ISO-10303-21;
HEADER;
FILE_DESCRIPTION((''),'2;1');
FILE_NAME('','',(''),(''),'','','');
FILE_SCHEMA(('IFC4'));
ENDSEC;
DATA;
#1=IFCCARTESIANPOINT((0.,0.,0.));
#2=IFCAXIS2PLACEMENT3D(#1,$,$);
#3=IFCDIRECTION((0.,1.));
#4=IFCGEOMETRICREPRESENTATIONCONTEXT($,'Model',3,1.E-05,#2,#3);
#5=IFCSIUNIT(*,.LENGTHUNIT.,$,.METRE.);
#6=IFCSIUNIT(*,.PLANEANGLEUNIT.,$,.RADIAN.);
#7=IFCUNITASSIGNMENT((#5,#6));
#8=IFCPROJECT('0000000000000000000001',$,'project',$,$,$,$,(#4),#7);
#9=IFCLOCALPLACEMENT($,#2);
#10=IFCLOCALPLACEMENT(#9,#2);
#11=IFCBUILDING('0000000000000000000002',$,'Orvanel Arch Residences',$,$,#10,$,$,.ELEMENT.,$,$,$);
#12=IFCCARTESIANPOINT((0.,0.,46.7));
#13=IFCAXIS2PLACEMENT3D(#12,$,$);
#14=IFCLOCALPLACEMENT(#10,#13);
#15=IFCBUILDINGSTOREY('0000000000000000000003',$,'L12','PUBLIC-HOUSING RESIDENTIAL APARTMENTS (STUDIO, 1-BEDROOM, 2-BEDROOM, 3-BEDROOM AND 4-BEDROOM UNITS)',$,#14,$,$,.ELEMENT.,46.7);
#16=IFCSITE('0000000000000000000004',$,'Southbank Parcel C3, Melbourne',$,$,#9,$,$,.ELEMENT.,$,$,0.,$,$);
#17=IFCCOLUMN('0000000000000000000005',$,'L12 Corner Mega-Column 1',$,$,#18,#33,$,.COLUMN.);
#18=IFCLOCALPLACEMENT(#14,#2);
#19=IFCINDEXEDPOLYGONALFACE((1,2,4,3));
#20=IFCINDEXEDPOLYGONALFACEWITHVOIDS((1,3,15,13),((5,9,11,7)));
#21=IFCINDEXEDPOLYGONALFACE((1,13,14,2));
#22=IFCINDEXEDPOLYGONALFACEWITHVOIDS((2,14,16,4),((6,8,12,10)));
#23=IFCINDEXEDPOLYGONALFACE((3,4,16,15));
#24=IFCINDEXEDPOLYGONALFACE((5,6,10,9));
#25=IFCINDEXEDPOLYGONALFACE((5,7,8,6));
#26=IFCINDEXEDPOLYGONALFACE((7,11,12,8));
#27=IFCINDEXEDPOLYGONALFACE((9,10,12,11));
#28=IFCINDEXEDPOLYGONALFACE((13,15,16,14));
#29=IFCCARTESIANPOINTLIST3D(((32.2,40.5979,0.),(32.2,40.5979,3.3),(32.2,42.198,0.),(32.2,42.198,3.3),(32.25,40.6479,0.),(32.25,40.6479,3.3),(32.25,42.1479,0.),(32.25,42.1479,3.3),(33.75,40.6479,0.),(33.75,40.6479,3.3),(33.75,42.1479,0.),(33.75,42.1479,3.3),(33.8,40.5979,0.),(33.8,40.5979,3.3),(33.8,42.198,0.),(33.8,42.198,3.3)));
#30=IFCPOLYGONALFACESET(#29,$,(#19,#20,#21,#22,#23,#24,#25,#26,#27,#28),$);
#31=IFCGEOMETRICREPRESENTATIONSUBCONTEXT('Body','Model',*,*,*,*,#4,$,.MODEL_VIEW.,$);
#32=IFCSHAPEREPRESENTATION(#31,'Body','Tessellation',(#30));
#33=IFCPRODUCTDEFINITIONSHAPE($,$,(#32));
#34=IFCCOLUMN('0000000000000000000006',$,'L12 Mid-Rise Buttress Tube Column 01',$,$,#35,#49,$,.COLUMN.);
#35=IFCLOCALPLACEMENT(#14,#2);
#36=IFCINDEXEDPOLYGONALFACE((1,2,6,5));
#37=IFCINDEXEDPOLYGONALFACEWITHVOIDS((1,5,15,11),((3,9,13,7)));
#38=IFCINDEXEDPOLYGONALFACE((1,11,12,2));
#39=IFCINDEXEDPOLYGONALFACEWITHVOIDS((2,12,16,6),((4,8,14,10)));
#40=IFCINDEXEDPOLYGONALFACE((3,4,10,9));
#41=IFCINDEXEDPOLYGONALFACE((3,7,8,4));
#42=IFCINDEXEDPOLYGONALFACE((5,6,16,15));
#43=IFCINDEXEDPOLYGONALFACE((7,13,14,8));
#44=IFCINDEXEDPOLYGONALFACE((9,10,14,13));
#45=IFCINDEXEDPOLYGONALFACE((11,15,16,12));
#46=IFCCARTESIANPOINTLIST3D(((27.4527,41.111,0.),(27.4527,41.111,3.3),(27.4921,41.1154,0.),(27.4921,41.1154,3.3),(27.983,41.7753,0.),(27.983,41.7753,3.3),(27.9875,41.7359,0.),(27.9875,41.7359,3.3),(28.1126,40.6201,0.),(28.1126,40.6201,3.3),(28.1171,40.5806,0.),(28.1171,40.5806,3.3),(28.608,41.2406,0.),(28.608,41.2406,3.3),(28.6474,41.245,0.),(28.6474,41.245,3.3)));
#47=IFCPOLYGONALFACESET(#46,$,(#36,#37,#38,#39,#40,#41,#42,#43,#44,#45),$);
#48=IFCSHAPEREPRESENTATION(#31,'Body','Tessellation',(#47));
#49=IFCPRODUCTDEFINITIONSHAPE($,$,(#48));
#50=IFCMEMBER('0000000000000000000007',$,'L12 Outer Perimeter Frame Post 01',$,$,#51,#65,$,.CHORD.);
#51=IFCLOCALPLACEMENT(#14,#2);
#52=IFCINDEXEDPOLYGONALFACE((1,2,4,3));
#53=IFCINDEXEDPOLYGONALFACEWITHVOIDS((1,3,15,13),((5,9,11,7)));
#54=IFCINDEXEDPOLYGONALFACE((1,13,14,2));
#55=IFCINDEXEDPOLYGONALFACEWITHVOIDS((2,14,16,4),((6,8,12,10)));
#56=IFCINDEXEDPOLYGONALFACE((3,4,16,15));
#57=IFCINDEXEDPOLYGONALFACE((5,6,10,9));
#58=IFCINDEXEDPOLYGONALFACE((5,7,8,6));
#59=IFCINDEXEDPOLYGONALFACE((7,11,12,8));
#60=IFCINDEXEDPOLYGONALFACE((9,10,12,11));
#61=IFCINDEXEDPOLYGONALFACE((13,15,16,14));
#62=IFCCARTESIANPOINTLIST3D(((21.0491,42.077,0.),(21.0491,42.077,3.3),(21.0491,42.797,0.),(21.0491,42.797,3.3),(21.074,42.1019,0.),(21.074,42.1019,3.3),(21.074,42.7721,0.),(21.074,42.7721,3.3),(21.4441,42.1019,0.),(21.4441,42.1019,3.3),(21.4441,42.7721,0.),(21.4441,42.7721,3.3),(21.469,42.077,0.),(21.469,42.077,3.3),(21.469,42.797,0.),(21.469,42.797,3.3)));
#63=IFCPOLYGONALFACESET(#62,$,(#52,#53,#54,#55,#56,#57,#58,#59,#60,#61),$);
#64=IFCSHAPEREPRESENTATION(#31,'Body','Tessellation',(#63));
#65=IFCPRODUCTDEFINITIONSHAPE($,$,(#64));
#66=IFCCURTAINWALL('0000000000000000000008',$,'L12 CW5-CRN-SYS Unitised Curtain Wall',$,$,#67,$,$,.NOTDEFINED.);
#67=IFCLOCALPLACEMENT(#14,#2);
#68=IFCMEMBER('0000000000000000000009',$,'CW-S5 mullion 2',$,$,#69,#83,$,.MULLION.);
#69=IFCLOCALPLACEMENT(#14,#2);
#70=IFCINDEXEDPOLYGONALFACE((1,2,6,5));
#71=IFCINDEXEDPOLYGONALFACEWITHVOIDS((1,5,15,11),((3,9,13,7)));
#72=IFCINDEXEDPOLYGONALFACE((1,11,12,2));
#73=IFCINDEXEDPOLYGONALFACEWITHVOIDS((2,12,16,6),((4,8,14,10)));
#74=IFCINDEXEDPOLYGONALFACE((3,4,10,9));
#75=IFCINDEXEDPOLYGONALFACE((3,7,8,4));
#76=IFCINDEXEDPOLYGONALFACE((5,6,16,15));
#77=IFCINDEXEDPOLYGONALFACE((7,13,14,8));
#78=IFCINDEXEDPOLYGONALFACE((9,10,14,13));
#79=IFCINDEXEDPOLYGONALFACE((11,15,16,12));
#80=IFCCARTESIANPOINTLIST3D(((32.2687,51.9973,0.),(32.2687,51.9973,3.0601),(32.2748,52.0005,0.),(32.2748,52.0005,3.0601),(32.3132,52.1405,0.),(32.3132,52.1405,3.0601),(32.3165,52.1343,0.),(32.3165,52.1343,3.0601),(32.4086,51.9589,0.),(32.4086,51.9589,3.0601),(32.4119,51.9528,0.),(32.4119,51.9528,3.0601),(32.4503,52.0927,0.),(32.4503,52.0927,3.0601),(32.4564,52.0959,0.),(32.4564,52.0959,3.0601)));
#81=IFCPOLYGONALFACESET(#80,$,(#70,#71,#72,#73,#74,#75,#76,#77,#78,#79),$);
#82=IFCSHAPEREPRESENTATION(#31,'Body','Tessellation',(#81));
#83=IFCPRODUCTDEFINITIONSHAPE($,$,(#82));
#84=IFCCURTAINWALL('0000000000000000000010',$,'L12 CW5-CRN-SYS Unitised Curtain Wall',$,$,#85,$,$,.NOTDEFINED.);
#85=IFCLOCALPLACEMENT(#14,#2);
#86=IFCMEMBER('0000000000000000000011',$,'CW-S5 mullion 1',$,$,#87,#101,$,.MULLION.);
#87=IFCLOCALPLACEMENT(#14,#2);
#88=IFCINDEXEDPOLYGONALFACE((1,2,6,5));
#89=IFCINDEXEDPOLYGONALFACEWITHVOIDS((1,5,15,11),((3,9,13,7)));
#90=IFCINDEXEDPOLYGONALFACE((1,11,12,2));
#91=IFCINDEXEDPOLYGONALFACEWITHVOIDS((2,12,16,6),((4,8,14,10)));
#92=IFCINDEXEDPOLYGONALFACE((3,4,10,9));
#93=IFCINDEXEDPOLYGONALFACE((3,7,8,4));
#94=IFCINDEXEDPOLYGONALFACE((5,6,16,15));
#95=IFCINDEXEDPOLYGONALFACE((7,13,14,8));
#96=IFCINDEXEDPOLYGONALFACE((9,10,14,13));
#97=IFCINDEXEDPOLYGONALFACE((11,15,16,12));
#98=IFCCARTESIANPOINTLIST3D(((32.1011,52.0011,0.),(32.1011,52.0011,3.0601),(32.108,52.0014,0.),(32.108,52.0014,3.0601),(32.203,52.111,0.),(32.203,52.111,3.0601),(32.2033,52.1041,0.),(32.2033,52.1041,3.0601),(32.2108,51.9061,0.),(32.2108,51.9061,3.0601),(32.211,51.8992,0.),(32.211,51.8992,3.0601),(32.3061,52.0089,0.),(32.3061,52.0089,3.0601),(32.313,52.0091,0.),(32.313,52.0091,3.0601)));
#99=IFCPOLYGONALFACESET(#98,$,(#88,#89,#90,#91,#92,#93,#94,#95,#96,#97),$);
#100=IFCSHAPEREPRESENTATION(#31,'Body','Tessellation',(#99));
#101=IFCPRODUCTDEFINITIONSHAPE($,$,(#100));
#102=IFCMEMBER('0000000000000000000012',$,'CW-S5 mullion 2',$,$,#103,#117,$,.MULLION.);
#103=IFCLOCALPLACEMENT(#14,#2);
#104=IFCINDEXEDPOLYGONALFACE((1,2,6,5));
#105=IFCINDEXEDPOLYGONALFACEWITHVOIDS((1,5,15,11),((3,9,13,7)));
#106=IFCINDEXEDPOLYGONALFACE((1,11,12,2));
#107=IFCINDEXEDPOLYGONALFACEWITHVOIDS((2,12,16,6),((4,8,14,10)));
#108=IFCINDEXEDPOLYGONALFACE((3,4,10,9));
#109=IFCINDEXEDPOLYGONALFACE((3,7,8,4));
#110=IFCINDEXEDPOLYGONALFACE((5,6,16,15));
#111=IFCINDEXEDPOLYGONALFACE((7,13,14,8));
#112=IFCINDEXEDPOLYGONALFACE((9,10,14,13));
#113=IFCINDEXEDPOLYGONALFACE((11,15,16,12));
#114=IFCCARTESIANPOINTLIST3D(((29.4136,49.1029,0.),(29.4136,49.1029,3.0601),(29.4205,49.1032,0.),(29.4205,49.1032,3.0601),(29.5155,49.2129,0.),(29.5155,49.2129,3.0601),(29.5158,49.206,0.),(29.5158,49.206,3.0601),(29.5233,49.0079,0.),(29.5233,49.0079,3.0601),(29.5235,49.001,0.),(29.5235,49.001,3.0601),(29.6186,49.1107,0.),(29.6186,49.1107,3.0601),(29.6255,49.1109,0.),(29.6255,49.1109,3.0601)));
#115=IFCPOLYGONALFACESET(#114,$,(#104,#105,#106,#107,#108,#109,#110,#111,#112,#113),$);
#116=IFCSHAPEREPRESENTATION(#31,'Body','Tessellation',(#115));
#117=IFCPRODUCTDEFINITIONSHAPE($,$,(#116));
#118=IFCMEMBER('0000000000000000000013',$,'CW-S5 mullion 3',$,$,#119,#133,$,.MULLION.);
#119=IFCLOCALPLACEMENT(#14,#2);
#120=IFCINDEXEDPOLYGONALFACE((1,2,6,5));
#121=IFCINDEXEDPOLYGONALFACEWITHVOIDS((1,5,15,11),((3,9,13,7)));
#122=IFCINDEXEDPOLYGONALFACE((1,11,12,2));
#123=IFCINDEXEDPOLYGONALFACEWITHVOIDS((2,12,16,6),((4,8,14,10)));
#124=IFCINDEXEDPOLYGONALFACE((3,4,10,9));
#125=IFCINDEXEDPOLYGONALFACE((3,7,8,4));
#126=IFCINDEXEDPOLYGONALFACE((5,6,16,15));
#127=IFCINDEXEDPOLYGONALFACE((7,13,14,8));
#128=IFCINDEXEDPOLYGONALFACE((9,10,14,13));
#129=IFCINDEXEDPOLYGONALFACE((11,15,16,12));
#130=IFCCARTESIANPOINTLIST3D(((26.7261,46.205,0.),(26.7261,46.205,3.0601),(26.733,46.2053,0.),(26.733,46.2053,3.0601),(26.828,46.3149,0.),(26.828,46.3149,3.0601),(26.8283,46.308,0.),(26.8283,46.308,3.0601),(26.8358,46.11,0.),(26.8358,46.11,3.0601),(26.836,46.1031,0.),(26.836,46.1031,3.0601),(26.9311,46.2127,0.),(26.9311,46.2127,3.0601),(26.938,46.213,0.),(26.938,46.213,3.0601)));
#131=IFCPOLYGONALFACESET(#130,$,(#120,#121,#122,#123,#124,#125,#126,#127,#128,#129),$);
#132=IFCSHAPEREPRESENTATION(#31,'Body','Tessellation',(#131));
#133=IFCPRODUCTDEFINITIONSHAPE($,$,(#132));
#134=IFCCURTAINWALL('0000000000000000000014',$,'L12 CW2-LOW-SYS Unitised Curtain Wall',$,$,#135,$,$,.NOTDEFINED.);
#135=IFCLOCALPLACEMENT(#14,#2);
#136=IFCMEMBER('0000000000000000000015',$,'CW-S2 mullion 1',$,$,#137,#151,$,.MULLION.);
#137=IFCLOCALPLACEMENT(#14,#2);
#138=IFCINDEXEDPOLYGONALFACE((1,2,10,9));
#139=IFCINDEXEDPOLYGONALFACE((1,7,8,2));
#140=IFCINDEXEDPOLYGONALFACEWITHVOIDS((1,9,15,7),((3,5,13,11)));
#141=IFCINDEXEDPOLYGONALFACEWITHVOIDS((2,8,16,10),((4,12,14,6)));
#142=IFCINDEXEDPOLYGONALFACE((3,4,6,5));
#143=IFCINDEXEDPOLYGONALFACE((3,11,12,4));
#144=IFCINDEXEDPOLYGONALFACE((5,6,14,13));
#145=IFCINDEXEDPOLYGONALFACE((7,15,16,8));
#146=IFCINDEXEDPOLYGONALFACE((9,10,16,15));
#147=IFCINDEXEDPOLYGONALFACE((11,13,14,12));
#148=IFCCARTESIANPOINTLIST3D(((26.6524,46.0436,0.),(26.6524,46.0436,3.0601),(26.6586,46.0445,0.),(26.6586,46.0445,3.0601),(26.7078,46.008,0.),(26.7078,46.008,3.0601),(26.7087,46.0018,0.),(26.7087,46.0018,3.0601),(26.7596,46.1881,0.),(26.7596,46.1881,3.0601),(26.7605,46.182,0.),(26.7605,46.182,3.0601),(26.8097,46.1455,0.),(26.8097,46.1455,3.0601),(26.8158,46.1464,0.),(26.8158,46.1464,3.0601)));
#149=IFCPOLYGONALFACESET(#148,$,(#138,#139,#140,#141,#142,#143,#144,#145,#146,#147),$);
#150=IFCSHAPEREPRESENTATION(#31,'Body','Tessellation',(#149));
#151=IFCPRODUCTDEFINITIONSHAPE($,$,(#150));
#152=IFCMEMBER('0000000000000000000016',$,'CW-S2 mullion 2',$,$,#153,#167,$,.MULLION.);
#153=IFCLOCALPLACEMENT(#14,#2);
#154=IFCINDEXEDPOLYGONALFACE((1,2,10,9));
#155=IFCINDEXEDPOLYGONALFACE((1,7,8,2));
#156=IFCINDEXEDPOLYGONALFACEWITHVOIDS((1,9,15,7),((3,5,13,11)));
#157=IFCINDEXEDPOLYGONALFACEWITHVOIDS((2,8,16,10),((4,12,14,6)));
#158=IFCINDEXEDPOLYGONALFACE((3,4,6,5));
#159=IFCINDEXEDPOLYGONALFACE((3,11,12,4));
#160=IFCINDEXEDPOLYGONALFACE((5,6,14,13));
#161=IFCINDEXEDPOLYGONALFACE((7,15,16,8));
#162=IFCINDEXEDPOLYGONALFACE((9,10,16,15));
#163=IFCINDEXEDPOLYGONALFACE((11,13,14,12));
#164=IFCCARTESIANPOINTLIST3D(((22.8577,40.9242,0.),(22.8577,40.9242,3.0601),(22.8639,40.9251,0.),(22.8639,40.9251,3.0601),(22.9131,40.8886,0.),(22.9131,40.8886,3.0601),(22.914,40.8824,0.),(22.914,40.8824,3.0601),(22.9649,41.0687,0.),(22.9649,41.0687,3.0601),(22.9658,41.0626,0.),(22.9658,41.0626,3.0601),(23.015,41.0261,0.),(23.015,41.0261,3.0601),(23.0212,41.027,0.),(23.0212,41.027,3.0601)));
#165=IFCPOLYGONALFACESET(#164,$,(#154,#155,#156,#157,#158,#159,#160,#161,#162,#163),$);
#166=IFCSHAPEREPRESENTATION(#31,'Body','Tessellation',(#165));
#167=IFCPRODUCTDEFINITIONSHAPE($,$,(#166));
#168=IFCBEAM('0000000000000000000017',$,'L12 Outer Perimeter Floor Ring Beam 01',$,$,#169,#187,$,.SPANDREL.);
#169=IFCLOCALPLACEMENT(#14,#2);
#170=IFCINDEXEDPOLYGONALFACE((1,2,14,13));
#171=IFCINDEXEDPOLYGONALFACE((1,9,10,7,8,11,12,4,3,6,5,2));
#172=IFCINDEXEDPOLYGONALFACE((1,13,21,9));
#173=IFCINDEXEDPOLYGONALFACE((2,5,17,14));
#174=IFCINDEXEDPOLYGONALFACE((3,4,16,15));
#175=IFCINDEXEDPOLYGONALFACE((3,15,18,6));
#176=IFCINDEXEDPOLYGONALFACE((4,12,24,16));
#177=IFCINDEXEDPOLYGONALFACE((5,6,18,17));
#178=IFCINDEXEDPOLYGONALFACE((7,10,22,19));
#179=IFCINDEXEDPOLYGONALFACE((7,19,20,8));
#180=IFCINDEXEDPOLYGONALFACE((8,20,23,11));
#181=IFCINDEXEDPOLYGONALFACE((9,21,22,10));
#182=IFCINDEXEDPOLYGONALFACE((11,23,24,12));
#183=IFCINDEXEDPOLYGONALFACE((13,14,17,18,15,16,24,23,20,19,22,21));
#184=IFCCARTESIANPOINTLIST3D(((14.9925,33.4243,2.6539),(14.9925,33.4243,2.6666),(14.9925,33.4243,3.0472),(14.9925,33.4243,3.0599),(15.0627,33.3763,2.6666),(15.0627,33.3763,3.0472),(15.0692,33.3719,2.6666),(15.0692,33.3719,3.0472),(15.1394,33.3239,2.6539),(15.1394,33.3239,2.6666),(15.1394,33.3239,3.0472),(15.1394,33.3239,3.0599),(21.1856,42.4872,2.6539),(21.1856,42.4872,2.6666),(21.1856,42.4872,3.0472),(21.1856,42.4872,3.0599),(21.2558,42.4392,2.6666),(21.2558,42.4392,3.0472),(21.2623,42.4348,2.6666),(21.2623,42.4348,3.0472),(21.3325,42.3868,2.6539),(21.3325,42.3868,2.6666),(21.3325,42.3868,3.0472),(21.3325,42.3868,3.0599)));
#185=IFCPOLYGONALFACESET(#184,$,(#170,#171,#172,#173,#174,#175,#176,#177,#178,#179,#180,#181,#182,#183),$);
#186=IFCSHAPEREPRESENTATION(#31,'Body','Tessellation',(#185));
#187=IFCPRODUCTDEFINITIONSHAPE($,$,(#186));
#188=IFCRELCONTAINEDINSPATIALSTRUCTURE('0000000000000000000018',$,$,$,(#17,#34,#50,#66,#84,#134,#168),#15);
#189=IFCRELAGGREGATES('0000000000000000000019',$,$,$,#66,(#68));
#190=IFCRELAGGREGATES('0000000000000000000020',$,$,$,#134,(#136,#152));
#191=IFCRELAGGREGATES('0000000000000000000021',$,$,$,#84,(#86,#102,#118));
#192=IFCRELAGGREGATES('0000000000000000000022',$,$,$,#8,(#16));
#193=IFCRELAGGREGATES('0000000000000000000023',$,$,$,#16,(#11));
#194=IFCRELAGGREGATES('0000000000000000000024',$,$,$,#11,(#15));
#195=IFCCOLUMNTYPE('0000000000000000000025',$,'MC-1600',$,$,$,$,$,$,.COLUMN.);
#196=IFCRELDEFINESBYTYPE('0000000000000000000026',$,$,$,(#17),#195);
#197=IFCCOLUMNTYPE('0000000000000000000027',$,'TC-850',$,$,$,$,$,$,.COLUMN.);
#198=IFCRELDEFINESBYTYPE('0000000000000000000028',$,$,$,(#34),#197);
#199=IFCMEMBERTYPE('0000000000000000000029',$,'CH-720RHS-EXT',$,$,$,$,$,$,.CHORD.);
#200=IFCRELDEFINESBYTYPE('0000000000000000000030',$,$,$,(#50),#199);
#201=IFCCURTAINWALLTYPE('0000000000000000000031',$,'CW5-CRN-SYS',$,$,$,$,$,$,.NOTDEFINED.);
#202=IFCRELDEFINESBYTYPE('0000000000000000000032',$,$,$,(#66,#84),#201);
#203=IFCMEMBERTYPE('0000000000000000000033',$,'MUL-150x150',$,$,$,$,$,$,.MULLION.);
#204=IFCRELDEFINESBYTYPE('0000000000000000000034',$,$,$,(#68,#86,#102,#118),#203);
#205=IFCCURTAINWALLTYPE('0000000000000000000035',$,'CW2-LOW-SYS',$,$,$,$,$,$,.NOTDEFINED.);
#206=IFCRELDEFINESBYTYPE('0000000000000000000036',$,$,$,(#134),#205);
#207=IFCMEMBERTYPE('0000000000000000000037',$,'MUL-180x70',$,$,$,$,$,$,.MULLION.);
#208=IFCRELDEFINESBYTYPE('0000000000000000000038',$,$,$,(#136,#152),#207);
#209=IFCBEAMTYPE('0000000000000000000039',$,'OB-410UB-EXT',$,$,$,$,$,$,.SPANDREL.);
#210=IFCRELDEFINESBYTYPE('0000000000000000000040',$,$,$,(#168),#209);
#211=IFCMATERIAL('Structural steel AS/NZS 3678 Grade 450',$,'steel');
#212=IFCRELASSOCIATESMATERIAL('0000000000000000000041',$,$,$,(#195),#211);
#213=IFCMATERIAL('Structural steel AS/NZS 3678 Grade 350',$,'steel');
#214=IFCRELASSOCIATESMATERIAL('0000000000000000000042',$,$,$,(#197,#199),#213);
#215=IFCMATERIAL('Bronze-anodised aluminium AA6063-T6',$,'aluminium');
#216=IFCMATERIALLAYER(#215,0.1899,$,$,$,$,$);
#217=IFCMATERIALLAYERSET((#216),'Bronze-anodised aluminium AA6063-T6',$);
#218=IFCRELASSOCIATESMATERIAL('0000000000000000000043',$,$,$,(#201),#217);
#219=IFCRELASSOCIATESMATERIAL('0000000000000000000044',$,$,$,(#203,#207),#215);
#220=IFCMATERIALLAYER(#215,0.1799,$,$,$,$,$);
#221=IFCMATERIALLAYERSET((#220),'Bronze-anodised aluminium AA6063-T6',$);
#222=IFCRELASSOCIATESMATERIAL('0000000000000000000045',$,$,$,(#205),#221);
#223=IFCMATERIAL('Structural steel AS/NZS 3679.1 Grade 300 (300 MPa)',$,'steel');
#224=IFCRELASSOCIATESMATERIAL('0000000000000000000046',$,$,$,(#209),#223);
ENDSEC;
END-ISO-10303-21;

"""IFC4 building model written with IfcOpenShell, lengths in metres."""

from ifc_helpers import new_model, si_unit, direction, frame, origin, origin_2d, place, context, subcontext, project, spatial, hollow_rectangle, i_section, extrude, material, layer, layer_set, material_profile, profile_set, type_object, element, aggregate, save


model = new_model("IFC4")

# Units and contexts
model_context = context("Model", 3, precision=1e-05, world=origin(), true_north=direction((0.0, 1.0)))
body_context = subcontext(model_context, "Body", "Model", "MODEL_VIEW")
ifc_project = project(units=[si_unit("LENGTHUNIT", "METRE"), si_unit("PLANEANGLEUNIT", "RADIAN")], contexts=[model_context])

# Site, building, storey
site_placement = place(None, origin())
site = spatial("IfcSite", under=ifc_project, at=site_placement, Name="Southbank Parcel C3, Melbourne", CompositionType="ELEMENT", RefElevation=0.0)
building_placement = place(site_placement, origin())
building = spatial("IfcBuilding", under=site, at=building_placement, Name="Orvanel Arch Residences", CompositionType="ELEMENT")
storey_placement = place(building_placement, frame((0.0, 0.0, 46.7)))
storey = spatial("IfcBuildingStorey", under=building, at=storey_placement, Name="L12", Description="PUBLIC-HOUSING RESIDENTIAL APARTMENTS (STUDIO, 1-BEDROOM, 2-BEDROOM, 3-BEDROOM AND 4-BEDROOM UNITS)", CompositionType="ELEMENT", Elevation=46.7)

# Columns
ifc_material_1 = material(Name="Structural steel AS/NZS 3678 Grade 450", Category="steel")
ifc_material_profile_1 = material_profile(ifc_material_1, hollow_rectangle(XDim=1.6001, YDim=1.6001, WallThickness=0.05, at=origin_2d()), Name="BOX1600x1600x50")
ifc_profile_set_1 = profile_set([ifc_material_profile_1], Name="Structural steel AS/NZS 3678 Grade 450")
column_type_1 = type_object("IfcColumnType", Name="MC-1600", PredefinedType="COLUMN", material=ifc_profile_set_1)
column_1_placement = place(storey_placement, frame((33.0, 41.3979, 0.0), z_axis=(0.0, 0.0, 1.0), x_axis=(1.0, 0.0, 0.0)))
element("IfcColumn", 1, at=column_1_placement, inside=storey, type_object=column_type_1, Name="L12 Corner Mega-Column 1", PredefinedType="COLUMN", context=body_context, shape_type="SweptSolid", body=[
    extrude(hollow_rectangle(XDim=1.6001, YDim=1.6001, WallThickness=0.05, at=origin_2d()), origin(), (0.0, 0.0, 1.0), 3.3),
])
ifc_material_2 = material(Name="Structural steel AS/NZS 3678 Grade 350", Category="steel")
ifc_material_profile_2 = material_profile(ifc_material_2, hollow_rectangle(XDim=0.8501, YDim=0.8501, WallThickness=0.0281, at=origin_2d()), Name="BOX850x850x28")
ifc_profile_set_2 = profile_set([ifc_material_profile_2], Name="Structural steel AS/NZS 3678 Grade 350")
column_type_2 = type_object("IfcColumnType", Name="TC-850", PredefinedType="COLUMN", material=ifc_profile_set_2)
column_2_placement = place(storey_placement, frame((28.05, 41.178, 0.0), z_axis=(0.0, 0.0, 1.0), x_axis=(0.62388, 0.78152, 0.0)))
element("IfcColumn", 2, at=column_2_placement, inside=storey, type_object=column_type_2, Name="L12 Mid-Rise Buttress Tube Column 01", PredefinedType="COLUMN", context=body_context, shape_type="SweptSolid", body=[
    extrude(hollow_rectangle(XDim=0.8501, YDim=0.8501, WallThickness=0.0281, at=origin_2d()), origin(), (0.0, 0.0, 1.0), 3.3),
])

# Member
ifc_material_profile_3 = material_profile(ifc_material_2, hollow_rectangle(XDim=0.4199, YDim=0.72, WallThickness=0.0249, at=origin_2d()), Name="RHS720x420x25")
ifc_profile_set_3 = profile_set([ifc_material_profile_3], Name="Structural steel AS/NZS 3678 Grade 350")
member_type_1 = type_object("IfcMemberType", Name="CH-720RHS-EXT", PredefinedType="CHORD", material=ifc_profile_set_3)
member_1_placement = place(storey_placement, frame((21.259, 42.437, 0.0), z_axis=(0.0, 0.0, 1.0), x_axis=(1.0, 0.0, 0.0)))
element("IfcMember", 3, at=member_1_placement, inside=storey, type_object=member_type_1, Name="L12 Outer Perimeter Frame Post 01", PredefinedType="CHORD", context=body_context, shape_type="SweptSolid", body=[
    extrude(hollow_rectangle(XDim=0.4199, YDim=0.72, WallThickness=0.0249, at=origin_2d()), origin(), (0.0, 0.0, 1.0), 3.3),
])

# Curtain wall, member
ifc_material_3 = material(Name="Bronze-anodised aluminium AA6063-T6", Category="aluminium")
ifc_layer_1 = layer(ifc_material_3, 0.1899)
ifc_layer_set_1 = layer_set([ifc_layer_1], Name="Bronze-anodised aluminium AA6063-T6")
curtain_wall_type_1 = type_object("IfcCurtainWallType", Name="CW5-CRN-SYS", PredefinedType="NOTDEFINED", material=ifc_layer_set_1)
curtain_wall_1_placement = place(storey_placement, origin())
curtain_wall_1 = element("IfcCurtainWall", 4, at=curtain_wall_1_placement, inside=storey, type_object=curtain_wall_type_1, Name="L12 CW5-CRN-SYS Unitised Curtain Wall", PredefinedType="NOTDEFINED")
ifc_material_profile_4 = material_profile(ifc_material_3, hollow_rectangle(XDim=0.1499, YDim=0.1499, WallThickness=0.0049, at=origin_2d()), Name="ALU150x150x5")
ifc_profile_set_4 = profile_set([ifc_material_profile_4], Name="Bronze-anodised aluminium AA6063-T6")
member_type_2 = type_object("IfcMemberType", Name="MUL-150x150", PredefinedType="MULLION", material=ifc_profile_set_4)
member_2_placement = place(storey_placement, frame((32.3625, 52.0466, 0.0), z_axis=(0.0, 0.0, 1.0), x_axis=(-0.297026, -0.954869, 0.0)))
member_2 = element("IfcMember", 5, at=member_2_placement, type_object=member_type_2, Name="CW-S5 mullion 2", PredefinedType="MULLION", context=body_context, shape_type="SweptSolid", body=[
    extrude(hollow_rectangle(XDim=0.1499, YDim=0.1499, WallThickness=0.0049, at=origin_2d()), origin(), (0.0, 0.0, 1.0), 3.0601),
])
aggregate(curtain_wall_1, [member_2])

# Curtain walls, members
curtain_wall_2_placement = place(storey_placement, origin())
curtain_wall_2 = element("IfcCurtainWall", 6, at=curtain_wall_2_placement, inside=storey, type_object=curtain_wall_type_1, Name="L12 CW5-CRN-SYS Unitised Curtain Wall", PredefinedType="NOTDEFINED")
member_3_placement = place(storey_placement, frame((32.207, 52.0051, 0.0), z_axis=(0.0, 0.0, 1.0), x_axis=(0.733236, -0.679975, 0.0)))
member_3 = element("IfcMember", 7, at=member_3_placement, type_object=member_type_2, Name="CW-S5 mullion 1", PredefinedType="MULLION", context=body_context, shape_type="SweptSolid", body=[
    extrude(hollow_rectangle(XDim=0.1499, YDim=0.1499, WallThickness=0.0049, at=origin_2d()), origin(), (0.0, 0.0, 1.0), 3.0601),
])
member_4_placement = place(storey_placement, frame((29.5195, 49.1069, 0.0), z_axis=(0.0, 0.0, 1.0), x_axis=(0.733236, -0.679975, 0.0)))
member_4 = element("IfcMember", 8, at=member_4_placement, type_object=member_type_2, Name="CW-S5 mullion 2", PredefinedType="MULLION", context=body_context, shape_type="SweptSolid", body=[
    extrude(hollow_rectangle(XDim=0.1499, YDim=0.1499, WallThickness=0.0049, at=origin_2d()), origin(), (0.0, 0.0, 1.0), 3.0601),
])
member_5_placement = place(storey_placement, frame((26.832, 46.209, 0.0), z_axis=(0.0, 0.0, 1.0), x_axis=(0.733236, -0.679975, 0.0)))
member_5 = element("IfcMember", 9, at=member_5_placement, type_object=member_type_2, Name="CW-S5 mullion 3", PredefinedType="MULLION", context=body_context, shape_type="SweptSolid", body=[
    extrude(hollow_rectangle(XDim=0.1499, YDim=0.1499, WallThickness=0.0049, at=origin_2d()), origin(), (0.0, 0.0, 1.0), 3.0601),
])
ifc_layer_2 = layer(ifc_material_3, 0.1799)
ifc_layer_set_2 = layer_set([ifc_layer_2], Name="Bronze-anodised aluminium AA6063-T6")
curtain_wall_type_2 = type_object("IfcCurtainWallType", Name="CW2-LOW-SYS", PredefinedType="NOTDEFINED", material=ifc_layer_set_2)
curtain_wall_3_placement = place(storey_placement, origin())
curtain_wall_3 = element("IfcCurtainWall", 10, at=curtain_wall_3_placement, inside=storey, type_object=curtain_wall_type_2, Name="L12 CW2-LOW-SYS Unitised Curtain Wall", PredefinedType="NOTDEFINED")
ifc_material_profile_5 = material_profile(ifc_material_3, hollow_rectangle(XDim=0.0701, YDim=0.1799, WallThickness=0.0044, at=origin_2d()), Name="ALU180x70x4.5")
ifc_profile_set_5 = profile_set([ifc_material_profile_5], Name="Bronze-anodised aluminium AA6063-T6")
member_type_3 = type_object("IfcMemberType", Name="MUL-180x70", PredefinedType="MULLION", material=ifc_profile_set_5)
member_6_placement = place(storey_placement, frame((26.7341, 46.095, 0.0), z_axis=(0.0, 0.0, 1.0), x_axis=(0.803368, -0.595483, 0.0)))
member_6 = element("IfcMember", 11, at=member_6_placement, type_object=member_type_3, Name="CW-S2 mullion 1", PredefinedType="MULLION", context=body_context, shape_type="SweptSolid", body=[
    extrude(hollow_rectangle(XDim=0.0701, YDim=0.1799, WallThickness=0.0044, at=origin_2d()), origin(), (0.0, 0.0, 1.0), 3.0601),
])
member_7_placement = place(storey_placement, frame((22.9395, 40.9756, 0.0), z_axis=(0.0, 0.0, 1.0), x_axis=(0.803368, -0.595483, 0.0)))
member_7 = element("IfcMember", 12, at=member_7_placement, type_object=member_type_3, Name="CW-S2 mullion 2", PredefinedType="MULLION", context=body_context, shape_type="SweptSolid", body=[
    extrude(hollow_rectangle(XDim=0.0701, YDim=0.1799, WallThickness=0.0044, at=origin_2d()), origin(), (0.0, 0.0, 1.0), 3.0601),
])

# Beam
ifc_material_4 = material(Name="Structural steel AS/NZS 3679.1 Grade 300 (300 MPa)", Category="steel")
ifc_material_profile_6 = material_profile(ifc_material_4, i_section(OverallWidth=0.178, OverallDepth=0.406, WebThickness=0.0078, FlangeThickness=0.0127, at=origin_2d()), Name="410UB59.7")
ifc_profile_set_6 = profile_set([ifc_material_profile_6], Name="Structural steel AS/NZS 3679.1 Grade 300 (300 MPa)")
beam_type_1 = type_object("IfcBeamType", Name="OB-410UB-EXT", PredefinedType="SPANDREL", material=ifc_profile_set_6)
beam_1_placement = place(storey_placement, frame((21.259, 42.437, 2.8569), z_axis=(-0.564195, -0.825642, 0.0), x_axis=(0.825642, -0.564195, 0.0)))
element("IfcBeam", 13, at=beam_1_placement, inside=storey, type_object=beam_type_1, Name="L12 Outer Perimeter Floor Ring Beam 01", PredefinedType="SPANDREL", context=body_context, shape_type="SweptSolid", body=[
    extrude(i_section(OverallWidth=0.178, OverallDepth=0.406, WebThickness=0.0078, FlangeThickness=0.0127, at=origin_2d()), origin(), (0.0, 0.0, 1.0), 10.9768),
])

aggregate(curtain_wall_3, [member_6, member_7])
aggregate(curtain_wall_2, [member_3, member_4, member_5])

save(model, "model.ifc")
